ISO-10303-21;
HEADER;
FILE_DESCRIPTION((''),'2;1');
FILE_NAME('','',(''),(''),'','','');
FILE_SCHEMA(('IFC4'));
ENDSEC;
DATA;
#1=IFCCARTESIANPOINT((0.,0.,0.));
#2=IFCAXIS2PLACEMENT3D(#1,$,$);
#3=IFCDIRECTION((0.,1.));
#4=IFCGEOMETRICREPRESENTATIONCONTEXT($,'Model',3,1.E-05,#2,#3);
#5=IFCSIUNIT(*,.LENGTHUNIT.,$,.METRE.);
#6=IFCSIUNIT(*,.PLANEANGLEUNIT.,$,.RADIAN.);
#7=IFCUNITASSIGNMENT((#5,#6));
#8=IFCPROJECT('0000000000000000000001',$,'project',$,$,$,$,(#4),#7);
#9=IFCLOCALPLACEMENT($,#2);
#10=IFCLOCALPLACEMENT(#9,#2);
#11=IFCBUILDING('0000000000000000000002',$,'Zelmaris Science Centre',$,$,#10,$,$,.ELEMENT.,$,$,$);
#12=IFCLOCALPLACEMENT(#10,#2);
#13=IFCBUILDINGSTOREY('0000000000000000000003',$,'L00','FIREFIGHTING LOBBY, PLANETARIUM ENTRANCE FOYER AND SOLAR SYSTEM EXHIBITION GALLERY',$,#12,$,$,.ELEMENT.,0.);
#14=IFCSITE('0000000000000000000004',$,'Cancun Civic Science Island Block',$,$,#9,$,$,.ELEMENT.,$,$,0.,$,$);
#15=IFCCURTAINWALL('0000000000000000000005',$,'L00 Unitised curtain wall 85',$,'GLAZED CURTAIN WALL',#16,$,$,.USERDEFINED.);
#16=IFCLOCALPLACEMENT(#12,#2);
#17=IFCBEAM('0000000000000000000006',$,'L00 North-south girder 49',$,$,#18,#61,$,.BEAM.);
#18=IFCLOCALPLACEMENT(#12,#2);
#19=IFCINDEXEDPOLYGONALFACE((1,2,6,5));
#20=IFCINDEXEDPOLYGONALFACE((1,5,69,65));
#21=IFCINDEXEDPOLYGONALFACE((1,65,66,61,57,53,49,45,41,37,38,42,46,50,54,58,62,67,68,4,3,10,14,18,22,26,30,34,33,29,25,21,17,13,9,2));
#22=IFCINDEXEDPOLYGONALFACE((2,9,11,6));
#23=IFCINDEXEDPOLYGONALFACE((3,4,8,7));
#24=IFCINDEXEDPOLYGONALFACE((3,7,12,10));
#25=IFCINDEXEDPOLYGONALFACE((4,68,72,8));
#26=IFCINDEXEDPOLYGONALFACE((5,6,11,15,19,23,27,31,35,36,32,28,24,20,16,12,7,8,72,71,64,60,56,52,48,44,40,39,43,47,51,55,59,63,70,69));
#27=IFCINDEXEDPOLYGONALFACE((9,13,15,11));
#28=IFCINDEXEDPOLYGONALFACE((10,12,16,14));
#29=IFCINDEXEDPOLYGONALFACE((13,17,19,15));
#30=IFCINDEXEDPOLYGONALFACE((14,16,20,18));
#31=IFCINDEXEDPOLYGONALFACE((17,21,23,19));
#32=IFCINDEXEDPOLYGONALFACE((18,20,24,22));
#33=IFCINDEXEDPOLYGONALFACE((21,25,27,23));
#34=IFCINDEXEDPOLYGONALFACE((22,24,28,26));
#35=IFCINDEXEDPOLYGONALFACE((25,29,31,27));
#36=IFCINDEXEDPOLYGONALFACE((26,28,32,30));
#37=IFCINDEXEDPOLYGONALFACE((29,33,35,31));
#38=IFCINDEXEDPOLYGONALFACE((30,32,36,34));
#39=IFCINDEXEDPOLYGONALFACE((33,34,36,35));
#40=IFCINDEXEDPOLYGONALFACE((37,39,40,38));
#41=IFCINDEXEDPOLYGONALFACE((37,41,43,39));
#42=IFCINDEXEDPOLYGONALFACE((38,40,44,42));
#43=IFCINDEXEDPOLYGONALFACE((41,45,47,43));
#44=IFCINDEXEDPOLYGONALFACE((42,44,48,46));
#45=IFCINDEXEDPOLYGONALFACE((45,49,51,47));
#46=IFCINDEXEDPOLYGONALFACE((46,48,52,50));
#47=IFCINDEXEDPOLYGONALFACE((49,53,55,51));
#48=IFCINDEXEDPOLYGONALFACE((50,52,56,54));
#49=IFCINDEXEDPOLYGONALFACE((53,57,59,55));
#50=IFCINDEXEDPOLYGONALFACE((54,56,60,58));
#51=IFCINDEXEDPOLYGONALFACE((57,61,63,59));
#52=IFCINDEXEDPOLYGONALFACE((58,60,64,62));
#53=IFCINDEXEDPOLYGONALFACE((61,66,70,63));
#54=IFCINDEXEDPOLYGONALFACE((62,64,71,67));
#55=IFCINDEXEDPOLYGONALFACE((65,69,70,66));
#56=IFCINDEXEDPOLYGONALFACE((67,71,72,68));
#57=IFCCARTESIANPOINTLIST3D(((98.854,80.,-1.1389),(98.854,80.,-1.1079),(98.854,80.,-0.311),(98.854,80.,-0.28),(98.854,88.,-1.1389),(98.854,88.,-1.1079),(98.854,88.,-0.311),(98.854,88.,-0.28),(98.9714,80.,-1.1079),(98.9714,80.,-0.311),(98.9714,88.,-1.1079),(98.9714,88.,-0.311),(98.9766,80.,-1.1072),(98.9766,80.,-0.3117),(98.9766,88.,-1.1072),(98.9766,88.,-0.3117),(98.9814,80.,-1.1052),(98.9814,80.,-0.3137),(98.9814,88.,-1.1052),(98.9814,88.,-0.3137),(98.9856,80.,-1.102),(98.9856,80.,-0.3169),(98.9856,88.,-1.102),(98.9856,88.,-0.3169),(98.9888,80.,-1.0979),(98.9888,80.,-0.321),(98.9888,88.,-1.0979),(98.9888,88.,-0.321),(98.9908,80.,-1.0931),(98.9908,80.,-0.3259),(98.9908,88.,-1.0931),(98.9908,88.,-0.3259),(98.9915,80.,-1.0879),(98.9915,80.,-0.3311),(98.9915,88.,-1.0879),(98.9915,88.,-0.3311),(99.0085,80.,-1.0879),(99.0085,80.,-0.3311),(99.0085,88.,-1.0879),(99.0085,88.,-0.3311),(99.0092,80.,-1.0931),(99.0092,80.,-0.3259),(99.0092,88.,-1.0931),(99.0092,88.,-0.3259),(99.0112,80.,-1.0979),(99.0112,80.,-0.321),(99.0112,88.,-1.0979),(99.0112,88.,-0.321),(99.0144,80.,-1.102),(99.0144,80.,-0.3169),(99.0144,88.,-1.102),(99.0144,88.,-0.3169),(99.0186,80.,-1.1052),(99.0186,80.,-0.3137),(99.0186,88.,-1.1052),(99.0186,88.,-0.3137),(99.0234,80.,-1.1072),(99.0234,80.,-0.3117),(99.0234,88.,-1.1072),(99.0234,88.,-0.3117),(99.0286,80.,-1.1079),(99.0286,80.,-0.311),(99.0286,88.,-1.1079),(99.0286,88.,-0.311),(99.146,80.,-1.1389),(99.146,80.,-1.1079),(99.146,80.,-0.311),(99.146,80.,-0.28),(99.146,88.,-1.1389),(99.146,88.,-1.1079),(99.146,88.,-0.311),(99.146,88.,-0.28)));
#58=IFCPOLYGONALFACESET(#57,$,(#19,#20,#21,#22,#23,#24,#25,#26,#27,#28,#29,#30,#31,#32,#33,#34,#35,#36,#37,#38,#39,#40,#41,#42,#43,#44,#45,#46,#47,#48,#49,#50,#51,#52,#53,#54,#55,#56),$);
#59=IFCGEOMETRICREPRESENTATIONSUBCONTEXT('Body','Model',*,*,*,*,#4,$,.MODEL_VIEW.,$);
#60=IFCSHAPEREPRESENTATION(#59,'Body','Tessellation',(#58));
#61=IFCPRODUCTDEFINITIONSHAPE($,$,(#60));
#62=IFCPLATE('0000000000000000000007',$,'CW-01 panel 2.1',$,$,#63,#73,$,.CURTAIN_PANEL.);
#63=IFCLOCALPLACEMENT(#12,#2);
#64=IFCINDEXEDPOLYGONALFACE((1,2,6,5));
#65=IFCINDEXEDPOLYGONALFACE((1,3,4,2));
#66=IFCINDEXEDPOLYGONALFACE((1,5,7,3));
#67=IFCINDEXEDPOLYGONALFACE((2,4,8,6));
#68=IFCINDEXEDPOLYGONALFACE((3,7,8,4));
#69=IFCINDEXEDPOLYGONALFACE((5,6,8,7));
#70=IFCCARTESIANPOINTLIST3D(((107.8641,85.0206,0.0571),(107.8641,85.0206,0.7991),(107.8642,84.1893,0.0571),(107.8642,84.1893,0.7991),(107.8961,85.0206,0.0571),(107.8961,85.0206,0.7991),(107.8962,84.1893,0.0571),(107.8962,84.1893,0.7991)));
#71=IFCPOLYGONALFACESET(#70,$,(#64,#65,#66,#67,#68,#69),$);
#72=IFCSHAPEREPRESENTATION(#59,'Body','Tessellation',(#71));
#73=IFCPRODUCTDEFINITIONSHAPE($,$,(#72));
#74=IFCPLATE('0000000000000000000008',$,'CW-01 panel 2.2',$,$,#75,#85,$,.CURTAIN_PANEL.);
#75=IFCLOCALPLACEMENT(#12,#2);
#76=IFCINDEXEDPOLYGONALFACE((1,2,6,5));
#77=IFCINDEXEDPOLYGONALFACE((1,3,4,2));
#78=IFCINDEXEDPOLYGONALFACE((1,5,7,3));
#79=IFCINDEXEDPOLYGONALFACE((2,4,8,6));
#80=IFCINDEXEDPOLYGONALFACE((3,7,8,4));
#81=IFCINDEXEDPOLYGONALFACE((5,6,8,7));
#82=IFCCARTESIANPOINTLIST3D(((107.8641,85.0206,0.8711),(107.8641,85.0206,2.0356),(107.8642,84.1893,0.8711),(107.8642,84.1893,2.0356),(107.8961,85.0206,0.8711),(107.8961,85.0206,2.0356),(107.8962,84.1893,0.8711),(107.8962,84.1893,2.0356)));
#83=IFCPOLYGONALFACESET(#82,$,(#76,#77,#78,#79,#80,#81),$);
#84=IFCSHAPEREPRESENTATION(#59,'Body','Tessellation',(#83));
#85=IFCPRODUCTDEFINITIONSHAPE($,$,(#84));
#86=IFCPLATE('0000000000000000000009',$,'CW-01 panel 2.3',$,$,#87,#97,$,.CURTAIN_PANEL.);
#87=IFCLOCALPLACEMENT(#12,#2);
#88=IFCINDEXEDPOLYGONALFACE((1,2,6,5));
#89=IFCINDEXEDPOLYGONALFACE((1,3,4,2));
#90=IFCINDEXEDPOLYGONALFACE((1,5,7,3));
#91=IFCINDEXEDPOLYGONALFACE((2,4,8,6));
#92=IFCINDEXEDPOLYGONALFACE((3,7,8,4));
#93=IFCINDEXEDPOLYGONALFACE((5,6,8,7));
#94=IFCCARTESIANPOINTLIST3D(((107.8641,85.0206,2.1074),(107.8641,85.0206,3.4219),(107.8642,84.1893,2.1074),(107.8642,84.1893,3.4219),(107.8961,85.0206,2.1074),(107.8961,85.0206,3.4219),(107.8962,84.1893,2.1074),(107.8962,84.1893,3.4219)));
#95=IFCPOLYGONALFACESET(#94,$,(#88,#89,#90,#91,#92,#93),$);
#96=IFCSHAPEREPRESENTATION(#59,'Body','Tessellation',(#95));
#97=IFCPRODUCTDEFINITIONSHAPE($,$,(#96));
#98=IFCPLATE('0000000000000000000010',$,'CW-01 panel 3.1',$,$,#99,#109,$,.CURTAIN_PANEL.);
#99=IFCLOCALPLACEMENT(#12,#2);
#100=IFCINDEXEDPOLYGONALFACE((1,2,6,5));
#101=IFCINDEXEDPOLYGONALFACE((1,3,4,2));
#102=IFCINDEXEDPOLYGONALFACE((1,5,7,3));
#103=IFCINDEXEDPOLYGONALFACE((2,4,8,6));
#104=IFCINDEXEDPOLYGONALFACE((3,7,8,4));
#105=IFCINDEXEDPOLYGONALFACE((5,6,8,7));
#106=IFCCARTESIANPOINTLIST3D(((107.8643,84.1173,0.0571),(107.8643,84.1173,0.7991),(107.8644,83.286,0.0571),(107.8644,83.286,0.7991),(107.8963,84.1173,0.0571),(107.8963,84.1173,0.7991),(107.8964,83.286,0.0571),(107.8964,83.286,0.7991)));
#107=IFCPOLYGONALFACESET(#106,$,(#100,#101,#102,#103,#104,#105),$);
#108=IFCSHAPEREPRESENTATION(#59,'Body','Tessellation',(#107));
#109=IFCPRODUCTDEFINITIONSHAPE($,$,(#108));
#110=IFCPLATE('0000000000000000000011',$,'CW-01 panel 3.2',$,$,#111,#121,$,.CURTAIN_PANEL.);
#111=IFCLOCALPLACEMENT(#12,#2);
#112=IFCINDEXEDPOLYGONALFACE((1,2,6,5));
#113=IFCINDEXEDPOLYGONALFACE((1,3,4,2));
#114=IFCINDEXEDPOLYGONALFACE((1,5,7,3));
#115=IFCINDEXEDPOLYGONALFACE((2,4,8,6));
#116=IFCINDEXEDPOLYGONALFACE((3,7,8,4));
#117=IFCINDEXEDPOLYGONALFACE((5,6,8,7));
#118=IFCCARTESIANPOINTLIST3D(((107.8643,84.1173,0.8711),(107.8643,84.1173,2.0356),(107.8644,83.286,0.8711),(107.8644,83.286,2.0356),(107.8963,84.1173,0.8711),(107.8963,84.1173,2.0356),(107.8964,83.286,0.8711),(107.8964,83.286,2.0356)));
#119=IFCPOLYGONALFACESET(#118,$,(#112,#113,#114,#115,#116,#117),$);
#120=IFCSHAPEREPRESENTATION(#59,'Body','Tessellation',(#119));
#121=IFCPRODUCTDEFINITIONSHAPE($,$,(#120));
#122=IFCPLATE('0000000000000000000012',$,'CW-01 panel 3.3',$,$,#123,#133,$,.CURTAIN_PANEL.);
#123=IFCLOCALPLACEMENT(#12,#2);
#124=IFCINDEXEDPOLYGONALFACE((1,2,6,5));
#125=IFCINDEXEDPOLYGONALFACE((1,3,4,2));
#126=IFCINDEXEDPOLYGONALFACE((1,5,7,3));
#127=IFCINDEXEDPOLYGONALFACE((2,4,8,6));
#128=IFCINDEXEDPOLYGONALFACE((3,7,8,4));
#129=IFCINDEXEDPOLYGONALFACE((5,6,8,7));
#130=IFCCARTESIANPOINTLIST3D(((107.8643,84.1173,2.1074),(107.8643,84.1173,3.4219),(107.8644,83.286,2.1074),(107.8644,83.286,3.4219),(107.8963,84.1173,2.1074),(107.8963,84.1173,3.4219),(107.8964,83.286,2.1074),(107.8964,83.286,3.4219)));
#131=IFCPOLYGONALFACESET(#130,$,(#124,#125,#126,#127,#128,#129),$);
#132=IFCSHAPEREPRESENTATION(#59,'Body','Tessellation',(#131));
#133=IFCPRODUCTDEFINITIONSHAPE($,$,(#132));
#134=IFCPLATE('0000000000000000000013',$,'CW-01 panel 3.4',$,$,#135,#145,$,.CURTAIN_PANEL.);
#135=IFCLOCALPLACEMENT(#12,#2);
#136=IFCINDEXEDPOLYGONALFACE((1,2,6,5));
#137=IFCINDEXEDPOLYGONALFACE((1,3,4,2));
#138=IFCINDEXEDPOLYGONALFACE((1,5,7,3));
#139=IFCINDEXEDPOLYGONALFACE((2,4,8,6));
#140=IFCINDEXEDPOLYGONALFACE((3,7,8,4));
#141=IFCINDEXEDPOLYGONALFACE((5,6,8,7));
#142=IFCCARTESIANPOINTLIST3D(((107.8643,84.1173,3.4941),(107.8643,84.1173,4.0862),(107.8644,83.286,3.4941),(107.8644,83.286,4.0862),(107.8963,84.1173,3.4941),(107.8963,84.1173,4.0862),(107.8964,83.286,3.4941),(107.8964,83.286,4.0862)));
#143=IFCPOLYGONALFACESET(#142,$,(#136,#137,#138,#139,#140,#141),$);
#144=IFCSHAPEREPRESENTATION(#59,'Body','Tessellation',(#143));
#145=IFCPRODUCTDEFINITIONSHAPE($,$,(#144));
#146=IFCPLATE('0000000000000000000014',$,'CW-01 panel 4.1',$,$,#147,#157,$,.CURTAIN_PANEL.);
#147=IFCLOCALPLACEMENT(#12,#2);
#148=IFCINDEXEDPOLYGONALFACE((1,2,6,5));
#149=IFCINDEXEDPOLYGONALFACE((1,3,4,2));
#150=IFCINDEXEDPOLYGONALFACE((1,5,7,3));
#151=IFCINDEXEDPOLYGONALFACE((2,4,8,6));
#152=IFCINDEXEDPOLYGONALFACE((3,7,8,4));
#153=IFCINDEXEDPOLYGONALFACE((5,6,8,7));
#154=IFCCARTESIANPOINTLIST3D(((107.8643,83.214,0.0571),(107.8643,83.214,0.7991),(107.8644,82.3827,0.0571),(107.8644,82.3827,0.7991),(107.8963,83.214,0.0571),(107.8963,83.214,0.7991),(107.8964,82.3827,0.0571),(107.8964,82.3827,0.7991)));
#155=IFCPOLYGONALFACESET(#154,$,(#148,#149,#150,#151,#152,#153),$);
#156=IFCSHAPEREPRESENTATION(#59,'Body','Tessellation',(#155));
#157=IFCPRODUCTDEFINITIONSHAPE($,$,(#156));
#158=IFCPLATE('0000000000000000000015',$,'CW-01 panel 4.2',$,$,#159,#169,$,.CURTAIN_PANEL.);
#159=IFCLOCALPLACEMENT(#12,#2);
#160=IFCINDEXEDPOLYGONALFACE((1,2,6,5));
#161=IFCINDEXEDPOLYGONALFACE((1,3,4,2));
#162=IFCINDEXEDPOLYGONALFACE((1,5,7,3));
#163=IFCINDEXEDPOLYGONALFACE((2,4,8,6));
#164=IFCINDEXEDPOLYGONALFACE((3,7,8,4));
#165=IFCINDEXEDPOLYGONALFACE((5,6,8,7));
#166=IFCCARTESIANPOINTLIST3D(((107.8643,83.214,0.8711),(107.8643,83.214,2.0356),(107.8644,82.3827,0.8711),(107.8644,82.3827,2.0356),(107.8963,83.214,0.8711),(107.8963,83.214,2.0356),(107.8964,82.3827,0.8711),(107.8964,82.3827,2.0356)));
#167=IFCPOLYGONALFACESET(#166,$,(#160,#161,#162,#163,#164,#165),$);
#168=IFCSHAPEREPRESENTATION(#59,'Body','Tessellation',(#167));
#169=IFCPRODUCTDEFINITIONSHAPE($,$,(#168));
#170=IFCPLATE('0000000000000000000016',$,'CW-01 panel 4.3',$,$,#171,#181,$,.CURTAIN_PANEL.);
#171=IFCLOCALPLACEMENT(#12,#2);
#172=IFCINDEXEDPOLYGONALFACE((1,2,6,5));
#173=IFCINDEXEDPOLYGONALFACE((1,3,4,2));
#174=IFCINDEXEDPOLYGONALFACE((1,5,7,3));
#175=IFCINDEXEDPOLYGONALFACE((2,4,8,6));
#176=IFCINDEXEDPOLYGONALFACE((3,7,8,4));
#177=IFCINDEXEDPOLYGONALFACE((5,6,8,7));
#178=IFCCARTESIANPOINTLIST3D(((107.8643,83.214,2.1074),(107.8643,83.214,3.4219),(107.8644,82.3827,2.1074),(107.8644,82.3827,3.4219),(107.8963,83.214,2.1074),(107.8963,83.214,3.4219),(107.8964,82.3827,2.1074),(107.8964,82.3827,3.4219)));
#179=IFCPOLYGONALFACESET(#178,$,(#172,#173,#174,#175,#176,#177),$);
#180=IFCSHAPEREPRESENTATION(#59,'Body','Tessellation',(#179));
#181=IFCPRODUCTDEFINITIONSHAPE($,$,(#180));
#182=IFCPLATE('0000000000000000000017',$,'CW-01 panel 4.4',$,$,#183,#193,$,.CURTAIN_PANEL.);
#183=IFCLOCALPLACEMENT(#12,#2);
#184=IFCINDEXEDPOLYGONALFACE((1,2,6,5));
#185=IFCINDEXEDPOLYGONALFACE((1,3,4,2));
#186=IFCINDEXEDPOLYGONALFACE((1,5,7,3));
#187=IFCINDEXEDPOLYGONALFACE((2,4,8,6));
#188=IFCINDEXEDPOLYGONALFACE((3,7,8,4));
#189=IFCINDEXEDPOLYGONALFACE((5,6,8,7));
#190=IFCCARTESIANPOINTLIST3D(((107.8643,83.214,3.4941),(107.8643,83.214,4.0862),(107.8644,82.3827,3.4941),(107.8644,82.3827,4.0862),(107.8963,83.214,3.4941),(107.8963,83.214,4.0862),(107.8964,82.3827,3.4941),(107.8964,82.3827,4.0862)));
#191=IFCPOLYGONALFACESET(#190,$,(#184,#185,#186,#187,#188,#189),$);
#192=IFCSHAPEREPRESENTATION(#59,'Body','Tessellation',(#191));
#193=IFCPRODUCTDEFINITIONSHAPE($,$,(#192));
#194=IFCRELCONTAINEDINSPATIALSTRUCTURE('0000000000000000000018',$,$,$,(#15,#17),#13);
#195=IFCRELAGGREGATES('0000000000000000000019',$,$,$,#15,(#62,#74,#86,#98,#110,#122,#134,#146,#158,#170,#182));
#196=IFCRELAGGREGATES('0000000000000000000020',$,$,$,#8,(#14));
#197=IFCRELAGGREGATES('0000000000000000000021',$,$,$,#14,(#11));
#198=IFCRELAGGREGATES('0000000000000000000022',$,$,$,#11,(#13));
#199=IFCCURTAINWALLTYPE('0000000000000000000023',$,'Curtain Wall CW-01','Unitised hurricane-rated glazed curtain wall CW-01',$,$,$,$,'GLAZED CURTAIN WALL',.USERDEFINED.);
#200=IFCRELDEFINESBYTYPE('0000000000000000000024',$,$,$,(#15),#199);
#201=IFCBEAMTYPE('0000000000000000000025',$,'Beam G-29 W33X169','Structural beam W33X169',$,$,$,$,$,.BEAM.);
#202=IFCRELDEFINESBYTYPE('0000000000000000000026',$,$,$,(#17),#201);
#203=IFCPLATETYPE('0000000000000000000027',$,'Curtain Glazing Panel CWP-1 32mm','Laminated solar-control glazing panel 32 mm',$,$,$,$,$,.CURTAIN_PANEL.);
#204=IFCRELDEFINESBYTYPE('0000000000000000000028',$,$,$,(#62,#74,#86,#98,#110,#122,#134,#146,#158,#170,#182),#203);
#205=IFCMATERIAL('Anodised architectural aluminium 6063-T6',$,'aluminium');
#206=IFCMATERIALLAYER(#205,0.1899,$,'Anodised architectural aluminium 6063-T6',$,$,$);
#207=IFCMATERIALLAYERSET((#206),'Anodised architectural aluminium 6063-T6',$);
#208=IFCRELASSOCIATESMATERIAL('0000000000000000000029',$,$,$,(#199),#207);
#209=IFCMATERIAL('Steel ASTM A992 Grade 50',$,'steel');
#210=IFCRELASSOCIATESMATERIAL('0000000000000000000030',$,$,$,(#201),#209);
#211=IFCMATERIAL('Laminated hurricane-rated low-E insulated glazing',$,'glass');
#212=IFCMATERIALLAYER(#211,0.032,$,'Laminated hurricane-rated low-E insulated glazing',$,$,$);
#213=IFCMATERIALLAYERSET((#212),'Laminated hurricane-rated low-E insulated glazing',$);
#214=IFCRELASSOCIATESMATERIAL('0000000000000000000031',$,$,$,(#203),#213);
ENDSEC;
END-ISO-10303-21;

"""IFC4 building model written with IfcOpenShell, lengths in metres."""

from ifc_helpers import new_model, si_unit, direction, frame, origin, origin_2d, place, context, subcontext, project, spatial, rectangle, i_section, extrude, material, layer, layer_set, material_profile, profile_set, type_object, element, aggregate, save


model = new_model("IFC4")

# Units and contexts
model_context = context("Model", 3, precision=1e-05, world=origin(), true_north=direction((0.0, 1.0)))
body_context = subcontext(model_context, "Body", "Model", "MODEL_VIEW")
ifc_project = project(units=[si_unit("LENGTHUNIT", "METRE"), si_unit("PLANEANGLEUNIT", "RADIAN")], contexts=[model_context])

# Site, building, storey
site_placement = place(None, origin())
site = spatial("IfcSite", under=ifc_project, at=site_placement, Name="Cancun Civic Science Island Block", CompositionType="ELEMENT", RefElevation=0.0)
building_placement = place(site_placement, origin())
building = spatial("IfcBuilding", under=site, at=building_placement, Name="Zelmaris Science Centre", CompositionType="ELEMENT")
storey_placement = place(building_placement, origin())
storey = spatial("IfcBuildingStorey", under=building, at=storey_placement, Name="L00", Description="FIREFIGHTING LOBBY, PLANETARIUM ENTRANCE FOYER AND SOLAR SYSTEM EXHIBITION GALLERY", CompositionType="ELEMENT", Elevation=0.0)

# Shared definitions
ifc_material_1 = material(Name="Steel ASTM A992 Grade 50", Category="steel")

# Curtain wall
ifc_material_2 = material(Name="Anodised architectural aluminium 6063-T6", Category="aluminium")
ifc_layer_1 = layer(ifc_material_2, 0.1899, Name="Anodised architectural aluminium 6063-T6")
ifc_layer_set_1 = layer_set([ifc_layer_1], Name="Anodised architectural aluminium 6063-T6")
curtain_wall_type = type_object("IfcCurtainWallType", Name="Curtain Wall CW-01", Description="Unitised hurricane-rated glazed curtain wall CW-01", ElementType="GLAZED CURTAIN WALL", PredefinedType="USERDEFINED", material=ifc_layer_set_1)
curtain_wall_placement = place(storey_placement, origin())
curtain_wall = element("IfcCurtainWall", 1, at=curtain_wall_placement, inside=storey, type_object=curtain_wall_type, Name="L00 Unitised curtain wall 85", ObjectType="GLAZED CURTAIN WALL", PredefinedType="USERDEFINED")

# Beam
ifc_material_profile_1 = material_profile(ifc_material_1, i_section(OverallWidth=0.292, OverallDepth=0.8589, WebThickness=0.0171, FlangeThickness=0.031, FilletRadius=0.02, at=origin_2d()), Name="W33X169")
ifc_profile_set_1 = profile_set([ifc_material_profile_1], Name="Steel ASTM A992 Grade 50")
beam_type_1 = type_object("IfcBeamType", Name="Beam G-29 W33X169", Description="Structural beam W33X169", PredefinedType="BEAM", material=ifc_profile_set_1)
beam_1_placement = place(storey_placement, frame((99.0, 80.0, -0.7095), z_axis=(0.0, 1.0, 0.0), x_axis=(-1.0, 0.0, 0.0)))
element("IfcBeam", 2, at=beam_1_placement, inside=storey, type_object=beam_type_1, Name="L00 North-south girder 49", PredefinedType="BEAM", context=body_context, shape_type="SweptSolid", body=[
    extrude(i_section(OverallWidth=0.292, OverallDepth=0.8589, WebThickness=0.0171, FlangeThickness=0.031, FilletRadius=0.02, at=origin_2d()), origin(), (0.0, 0.0, 1.0), 8.0),
])

# Plates
ifc_material_3 = material(Name="Laminated hurricane-rated low-E insulated glazing", Category="glass")
ifc_layer_2 = layer(ifc_material_3, 0.032, Name="Laminated hurricane-rated low-E insulated glazing")
ifc_layer_set_2 = layer_set([ifc_layer_2], Name="Laminated hurricane-rated low-E insulated glazing")
plate_type = type_object("IfcPlateType", Name="Curtain Glazing Panel CWP-1 32mm", Description="Laminated solar-control glazing panel 32 mm", PredefinedType="CURTAIN_PANEL", material=ifc_layer_set_2)
plate_1_placement = place(storey_placement, frame((107.8801, 84.605, 0.0571), z_axis=(0.0, 0.0, 1.0), x_axis=(0.000129, -1.0, 0.0)))
plate_1 = element("IfcPlate", 3, at=plate_1_placement, type_object=plate_type, Name="CW-01 panel 2.1", PredefinedType="CURTAIN_PANEL", context=body_context, shape_type="SweptSolid", body=[
    extrude(rectangle(XDim=0.8313, YDim=0.032, at=origin_2d()), origin(), (0.0, 0.0, 1.0), 0.7419),
])
plate_2_placement = place(storey_placement, frame((107.8801, 84.605, 0.8711), z_axis=(0.0, 0.0, 1.0), x_axis=(0.000129, -1.0, 0.0)))
plate_2 = element("IfcPlate", 4, at=plate_2_placement, type_object=plate_type, Name="CW-01 panel 2.2", PredefinedType="CURTAIN_PANEL", context=body_context, shape_type="SweptSolid", body=[
    extrude(rectangle(XDim=0.8313, YDim=0.032, at=origin_2d()), origin(), (0.0, 0.0, 1.0), 1.1646),
])
plate_3_placement = place(storey_placement, frame((107.8801, 84.605, 2.1074), z_axis=(0.0, 0.0, 1.0), x_axis=(0.000129, -1.0, 0.0)))
plate_3 = element("IfcPlate", 5, at=plate_3_placement, type_object=plate_type, Name="CW-01 panel 2.3", PredefinedType="CURTAIN_PANEL", context=body_context, shape_type="SweptSolid", body=[
    extrude(rectangle(XDim=0.8313, YDim=0.032, at=origin_2d()), origin(), (0.0, 0.0, 1.0), 1.3145),
])
plate_4_placement = place(storey_placement, frame((107.8804, 83.7017, 0.0571), z_axis=(0.0, 0.0, 1.0), x_axis=(0.000129, -1.0, 0.0)))
plate_4 = element("IfcPlate", 6, at=plate_4_placement, type_object=plate_type, Name="CW-01 panel 3.1", PredefinedType="CURTAIN_PANEL", context=body_context, shape_type="SweptSolid", body=[
    extrude(rectangle(XDim=0.8313, YDim=0.032, at=origin_2d()), origin(), (0.0, 0.0, 1.0), 0.7419),
])
plate_5_placement = place(storey_placement, frame((107.8804, 83.7017, 0.8711), z_axis=(0.0, 0.0, 1.0), x_axis=(0.000129, -1.0, 0.0)))
plate_5 = element("IfcPlate", 7, at=plate_5_placement, type_object=plate_type, Name="CW-01 panel 3.2", PredefinedType="CURTAIN_PANEL", context=body_context, shape_type="SweptSolid", body=[
    extrude(rectangle(XDim=0.8313, YDim=0.032, at=origin_2d()), origin(), (0.0, 0.0, 1.0), 1.1646),
])
plate_6_placement = place(storey_placement, frame((107.8804, 83.7017, 2.1074), z_axis=(0.0, 0.0, 1.0), x_axis=(0.000129, -1.0, 0.0)))
plate_6 = element("IfcPlate", 8, at=plate_6_placement, type_object=plate_type, Name="CW-01 panel 3.3", PredefinedType="CURTAIN_PANEL", context=body_context, shape_type="SweptSolid", body=[
    extrude(rectangle(XDim=0.8313, YDim=0.032, at=origin_2d()), origin(), (0.0, 0.0, 1.0), 1.3145),
])
plate_7_placement = place(storey_placement, frame((107.8804, 83.7017, 3.4941), z_axis=(0.0, 0.0, 1.0), x_axis=(0.000129, -1.0, 0.0)))
plate_7 = element("IfcPlate", 9, at=plate_7_placement, type_object=plate_type, Name="CW-01 panel 3.4", PredefinedType="CURTAIN_PANEL", context=body_context, shape_type="SweptSolid", body=[
    extrude(rectangle(XDim=0.8313, YDim=0.032, at=origin_2d()), origin(), (0.0, 0.0, 1.0), 0.592),
])
plate_8_placement = place(storey_placement, frame((107.8804, 82.7983, 0.0571), z_axis=(0.0, 0.0, 1.0), x_axis=(0.000129, -1.0, 0.0)))
plate_8 = element("IfcPlate", 10, at=plate_8_placement, type_object=plate_type, Name="CW-01 panel 4.1", PredefinedType="CURTAIN_PANEL", context=body_context, shape_type="SweptSolid", body=[
    extrude(rectangle(XDim=0.8313, YDim=0.032, at=origin_2d()), origin(), (0.0, 0.0, 1.0), 0.7419),
])
plate_9_placement = place(storey_placement, frame((107.8804, 82.7983, 0.8711), z_axis=(0.0, 0.0, 1.0), x_axis=(0.000129, -1.0, 0.0)))
plate_9 = element("IfcPlate", 11, at=plate_9_placement, type_object=plate_type, Name="CW-01 panel 4.2", PredefinedType="CURTAIN_PANEL", context=body_context, shape_type="SweptSolid", body=[
    extrude(rectangle(XDim=0.8313, YDim=0.032, at=origin_2d()), origin(), (0.0, 0.0, 1.0), 1.1646),
])
plate_10_placement = place(storey_placement, frame((107.8804, 82.7983, 2.1074), z_axis=(0.0, 0.0, 1.0), x_axis=(0.000129, -1.0, 0.0)))
plate_10 = element("IfcPlate", 12, at=plate_10_placement, type_object=plate_type, Name="CW-01 panel 4.3", PredefinedType="CURTAIN_PANEL", context=body_context, shape_type="SweptSolid", body=[
    extrude(rectangle(XDim=0.8313, YDim=0.032, at=origin_2d()), origin(), (0.0, 0.0, 1.0), 1.3145),
])
plate_11_placement = place(storey_placement, frame((107.8804, 82.7983, 3.4941), z_axis=(0.0, 0.0, 1.0), x_axis=(0.000129, -1.0, 0.0)))
plate_11 = element("IfcPlate", 13, at=plate_11_placement, type_object=plate_type, Name="CW-01 panel 4.4", PredefinedType="CURTAIN_PANEL", context=body_context, shape_type="SweptSolid", body=[
    extrude(rectangle(XDim=0.8313, YDim=0.032, at=origin_2d()), origin(), (0.0, 0.0, 1.0), 0.592),
])
aggregate(curtain_wall, [plate_1, plate_2, plate_3, plate_4, plate_5, plate_6, plate_7, plate_8, plate_9, plate_10, plate_11])

save(model, "model.ifc")
